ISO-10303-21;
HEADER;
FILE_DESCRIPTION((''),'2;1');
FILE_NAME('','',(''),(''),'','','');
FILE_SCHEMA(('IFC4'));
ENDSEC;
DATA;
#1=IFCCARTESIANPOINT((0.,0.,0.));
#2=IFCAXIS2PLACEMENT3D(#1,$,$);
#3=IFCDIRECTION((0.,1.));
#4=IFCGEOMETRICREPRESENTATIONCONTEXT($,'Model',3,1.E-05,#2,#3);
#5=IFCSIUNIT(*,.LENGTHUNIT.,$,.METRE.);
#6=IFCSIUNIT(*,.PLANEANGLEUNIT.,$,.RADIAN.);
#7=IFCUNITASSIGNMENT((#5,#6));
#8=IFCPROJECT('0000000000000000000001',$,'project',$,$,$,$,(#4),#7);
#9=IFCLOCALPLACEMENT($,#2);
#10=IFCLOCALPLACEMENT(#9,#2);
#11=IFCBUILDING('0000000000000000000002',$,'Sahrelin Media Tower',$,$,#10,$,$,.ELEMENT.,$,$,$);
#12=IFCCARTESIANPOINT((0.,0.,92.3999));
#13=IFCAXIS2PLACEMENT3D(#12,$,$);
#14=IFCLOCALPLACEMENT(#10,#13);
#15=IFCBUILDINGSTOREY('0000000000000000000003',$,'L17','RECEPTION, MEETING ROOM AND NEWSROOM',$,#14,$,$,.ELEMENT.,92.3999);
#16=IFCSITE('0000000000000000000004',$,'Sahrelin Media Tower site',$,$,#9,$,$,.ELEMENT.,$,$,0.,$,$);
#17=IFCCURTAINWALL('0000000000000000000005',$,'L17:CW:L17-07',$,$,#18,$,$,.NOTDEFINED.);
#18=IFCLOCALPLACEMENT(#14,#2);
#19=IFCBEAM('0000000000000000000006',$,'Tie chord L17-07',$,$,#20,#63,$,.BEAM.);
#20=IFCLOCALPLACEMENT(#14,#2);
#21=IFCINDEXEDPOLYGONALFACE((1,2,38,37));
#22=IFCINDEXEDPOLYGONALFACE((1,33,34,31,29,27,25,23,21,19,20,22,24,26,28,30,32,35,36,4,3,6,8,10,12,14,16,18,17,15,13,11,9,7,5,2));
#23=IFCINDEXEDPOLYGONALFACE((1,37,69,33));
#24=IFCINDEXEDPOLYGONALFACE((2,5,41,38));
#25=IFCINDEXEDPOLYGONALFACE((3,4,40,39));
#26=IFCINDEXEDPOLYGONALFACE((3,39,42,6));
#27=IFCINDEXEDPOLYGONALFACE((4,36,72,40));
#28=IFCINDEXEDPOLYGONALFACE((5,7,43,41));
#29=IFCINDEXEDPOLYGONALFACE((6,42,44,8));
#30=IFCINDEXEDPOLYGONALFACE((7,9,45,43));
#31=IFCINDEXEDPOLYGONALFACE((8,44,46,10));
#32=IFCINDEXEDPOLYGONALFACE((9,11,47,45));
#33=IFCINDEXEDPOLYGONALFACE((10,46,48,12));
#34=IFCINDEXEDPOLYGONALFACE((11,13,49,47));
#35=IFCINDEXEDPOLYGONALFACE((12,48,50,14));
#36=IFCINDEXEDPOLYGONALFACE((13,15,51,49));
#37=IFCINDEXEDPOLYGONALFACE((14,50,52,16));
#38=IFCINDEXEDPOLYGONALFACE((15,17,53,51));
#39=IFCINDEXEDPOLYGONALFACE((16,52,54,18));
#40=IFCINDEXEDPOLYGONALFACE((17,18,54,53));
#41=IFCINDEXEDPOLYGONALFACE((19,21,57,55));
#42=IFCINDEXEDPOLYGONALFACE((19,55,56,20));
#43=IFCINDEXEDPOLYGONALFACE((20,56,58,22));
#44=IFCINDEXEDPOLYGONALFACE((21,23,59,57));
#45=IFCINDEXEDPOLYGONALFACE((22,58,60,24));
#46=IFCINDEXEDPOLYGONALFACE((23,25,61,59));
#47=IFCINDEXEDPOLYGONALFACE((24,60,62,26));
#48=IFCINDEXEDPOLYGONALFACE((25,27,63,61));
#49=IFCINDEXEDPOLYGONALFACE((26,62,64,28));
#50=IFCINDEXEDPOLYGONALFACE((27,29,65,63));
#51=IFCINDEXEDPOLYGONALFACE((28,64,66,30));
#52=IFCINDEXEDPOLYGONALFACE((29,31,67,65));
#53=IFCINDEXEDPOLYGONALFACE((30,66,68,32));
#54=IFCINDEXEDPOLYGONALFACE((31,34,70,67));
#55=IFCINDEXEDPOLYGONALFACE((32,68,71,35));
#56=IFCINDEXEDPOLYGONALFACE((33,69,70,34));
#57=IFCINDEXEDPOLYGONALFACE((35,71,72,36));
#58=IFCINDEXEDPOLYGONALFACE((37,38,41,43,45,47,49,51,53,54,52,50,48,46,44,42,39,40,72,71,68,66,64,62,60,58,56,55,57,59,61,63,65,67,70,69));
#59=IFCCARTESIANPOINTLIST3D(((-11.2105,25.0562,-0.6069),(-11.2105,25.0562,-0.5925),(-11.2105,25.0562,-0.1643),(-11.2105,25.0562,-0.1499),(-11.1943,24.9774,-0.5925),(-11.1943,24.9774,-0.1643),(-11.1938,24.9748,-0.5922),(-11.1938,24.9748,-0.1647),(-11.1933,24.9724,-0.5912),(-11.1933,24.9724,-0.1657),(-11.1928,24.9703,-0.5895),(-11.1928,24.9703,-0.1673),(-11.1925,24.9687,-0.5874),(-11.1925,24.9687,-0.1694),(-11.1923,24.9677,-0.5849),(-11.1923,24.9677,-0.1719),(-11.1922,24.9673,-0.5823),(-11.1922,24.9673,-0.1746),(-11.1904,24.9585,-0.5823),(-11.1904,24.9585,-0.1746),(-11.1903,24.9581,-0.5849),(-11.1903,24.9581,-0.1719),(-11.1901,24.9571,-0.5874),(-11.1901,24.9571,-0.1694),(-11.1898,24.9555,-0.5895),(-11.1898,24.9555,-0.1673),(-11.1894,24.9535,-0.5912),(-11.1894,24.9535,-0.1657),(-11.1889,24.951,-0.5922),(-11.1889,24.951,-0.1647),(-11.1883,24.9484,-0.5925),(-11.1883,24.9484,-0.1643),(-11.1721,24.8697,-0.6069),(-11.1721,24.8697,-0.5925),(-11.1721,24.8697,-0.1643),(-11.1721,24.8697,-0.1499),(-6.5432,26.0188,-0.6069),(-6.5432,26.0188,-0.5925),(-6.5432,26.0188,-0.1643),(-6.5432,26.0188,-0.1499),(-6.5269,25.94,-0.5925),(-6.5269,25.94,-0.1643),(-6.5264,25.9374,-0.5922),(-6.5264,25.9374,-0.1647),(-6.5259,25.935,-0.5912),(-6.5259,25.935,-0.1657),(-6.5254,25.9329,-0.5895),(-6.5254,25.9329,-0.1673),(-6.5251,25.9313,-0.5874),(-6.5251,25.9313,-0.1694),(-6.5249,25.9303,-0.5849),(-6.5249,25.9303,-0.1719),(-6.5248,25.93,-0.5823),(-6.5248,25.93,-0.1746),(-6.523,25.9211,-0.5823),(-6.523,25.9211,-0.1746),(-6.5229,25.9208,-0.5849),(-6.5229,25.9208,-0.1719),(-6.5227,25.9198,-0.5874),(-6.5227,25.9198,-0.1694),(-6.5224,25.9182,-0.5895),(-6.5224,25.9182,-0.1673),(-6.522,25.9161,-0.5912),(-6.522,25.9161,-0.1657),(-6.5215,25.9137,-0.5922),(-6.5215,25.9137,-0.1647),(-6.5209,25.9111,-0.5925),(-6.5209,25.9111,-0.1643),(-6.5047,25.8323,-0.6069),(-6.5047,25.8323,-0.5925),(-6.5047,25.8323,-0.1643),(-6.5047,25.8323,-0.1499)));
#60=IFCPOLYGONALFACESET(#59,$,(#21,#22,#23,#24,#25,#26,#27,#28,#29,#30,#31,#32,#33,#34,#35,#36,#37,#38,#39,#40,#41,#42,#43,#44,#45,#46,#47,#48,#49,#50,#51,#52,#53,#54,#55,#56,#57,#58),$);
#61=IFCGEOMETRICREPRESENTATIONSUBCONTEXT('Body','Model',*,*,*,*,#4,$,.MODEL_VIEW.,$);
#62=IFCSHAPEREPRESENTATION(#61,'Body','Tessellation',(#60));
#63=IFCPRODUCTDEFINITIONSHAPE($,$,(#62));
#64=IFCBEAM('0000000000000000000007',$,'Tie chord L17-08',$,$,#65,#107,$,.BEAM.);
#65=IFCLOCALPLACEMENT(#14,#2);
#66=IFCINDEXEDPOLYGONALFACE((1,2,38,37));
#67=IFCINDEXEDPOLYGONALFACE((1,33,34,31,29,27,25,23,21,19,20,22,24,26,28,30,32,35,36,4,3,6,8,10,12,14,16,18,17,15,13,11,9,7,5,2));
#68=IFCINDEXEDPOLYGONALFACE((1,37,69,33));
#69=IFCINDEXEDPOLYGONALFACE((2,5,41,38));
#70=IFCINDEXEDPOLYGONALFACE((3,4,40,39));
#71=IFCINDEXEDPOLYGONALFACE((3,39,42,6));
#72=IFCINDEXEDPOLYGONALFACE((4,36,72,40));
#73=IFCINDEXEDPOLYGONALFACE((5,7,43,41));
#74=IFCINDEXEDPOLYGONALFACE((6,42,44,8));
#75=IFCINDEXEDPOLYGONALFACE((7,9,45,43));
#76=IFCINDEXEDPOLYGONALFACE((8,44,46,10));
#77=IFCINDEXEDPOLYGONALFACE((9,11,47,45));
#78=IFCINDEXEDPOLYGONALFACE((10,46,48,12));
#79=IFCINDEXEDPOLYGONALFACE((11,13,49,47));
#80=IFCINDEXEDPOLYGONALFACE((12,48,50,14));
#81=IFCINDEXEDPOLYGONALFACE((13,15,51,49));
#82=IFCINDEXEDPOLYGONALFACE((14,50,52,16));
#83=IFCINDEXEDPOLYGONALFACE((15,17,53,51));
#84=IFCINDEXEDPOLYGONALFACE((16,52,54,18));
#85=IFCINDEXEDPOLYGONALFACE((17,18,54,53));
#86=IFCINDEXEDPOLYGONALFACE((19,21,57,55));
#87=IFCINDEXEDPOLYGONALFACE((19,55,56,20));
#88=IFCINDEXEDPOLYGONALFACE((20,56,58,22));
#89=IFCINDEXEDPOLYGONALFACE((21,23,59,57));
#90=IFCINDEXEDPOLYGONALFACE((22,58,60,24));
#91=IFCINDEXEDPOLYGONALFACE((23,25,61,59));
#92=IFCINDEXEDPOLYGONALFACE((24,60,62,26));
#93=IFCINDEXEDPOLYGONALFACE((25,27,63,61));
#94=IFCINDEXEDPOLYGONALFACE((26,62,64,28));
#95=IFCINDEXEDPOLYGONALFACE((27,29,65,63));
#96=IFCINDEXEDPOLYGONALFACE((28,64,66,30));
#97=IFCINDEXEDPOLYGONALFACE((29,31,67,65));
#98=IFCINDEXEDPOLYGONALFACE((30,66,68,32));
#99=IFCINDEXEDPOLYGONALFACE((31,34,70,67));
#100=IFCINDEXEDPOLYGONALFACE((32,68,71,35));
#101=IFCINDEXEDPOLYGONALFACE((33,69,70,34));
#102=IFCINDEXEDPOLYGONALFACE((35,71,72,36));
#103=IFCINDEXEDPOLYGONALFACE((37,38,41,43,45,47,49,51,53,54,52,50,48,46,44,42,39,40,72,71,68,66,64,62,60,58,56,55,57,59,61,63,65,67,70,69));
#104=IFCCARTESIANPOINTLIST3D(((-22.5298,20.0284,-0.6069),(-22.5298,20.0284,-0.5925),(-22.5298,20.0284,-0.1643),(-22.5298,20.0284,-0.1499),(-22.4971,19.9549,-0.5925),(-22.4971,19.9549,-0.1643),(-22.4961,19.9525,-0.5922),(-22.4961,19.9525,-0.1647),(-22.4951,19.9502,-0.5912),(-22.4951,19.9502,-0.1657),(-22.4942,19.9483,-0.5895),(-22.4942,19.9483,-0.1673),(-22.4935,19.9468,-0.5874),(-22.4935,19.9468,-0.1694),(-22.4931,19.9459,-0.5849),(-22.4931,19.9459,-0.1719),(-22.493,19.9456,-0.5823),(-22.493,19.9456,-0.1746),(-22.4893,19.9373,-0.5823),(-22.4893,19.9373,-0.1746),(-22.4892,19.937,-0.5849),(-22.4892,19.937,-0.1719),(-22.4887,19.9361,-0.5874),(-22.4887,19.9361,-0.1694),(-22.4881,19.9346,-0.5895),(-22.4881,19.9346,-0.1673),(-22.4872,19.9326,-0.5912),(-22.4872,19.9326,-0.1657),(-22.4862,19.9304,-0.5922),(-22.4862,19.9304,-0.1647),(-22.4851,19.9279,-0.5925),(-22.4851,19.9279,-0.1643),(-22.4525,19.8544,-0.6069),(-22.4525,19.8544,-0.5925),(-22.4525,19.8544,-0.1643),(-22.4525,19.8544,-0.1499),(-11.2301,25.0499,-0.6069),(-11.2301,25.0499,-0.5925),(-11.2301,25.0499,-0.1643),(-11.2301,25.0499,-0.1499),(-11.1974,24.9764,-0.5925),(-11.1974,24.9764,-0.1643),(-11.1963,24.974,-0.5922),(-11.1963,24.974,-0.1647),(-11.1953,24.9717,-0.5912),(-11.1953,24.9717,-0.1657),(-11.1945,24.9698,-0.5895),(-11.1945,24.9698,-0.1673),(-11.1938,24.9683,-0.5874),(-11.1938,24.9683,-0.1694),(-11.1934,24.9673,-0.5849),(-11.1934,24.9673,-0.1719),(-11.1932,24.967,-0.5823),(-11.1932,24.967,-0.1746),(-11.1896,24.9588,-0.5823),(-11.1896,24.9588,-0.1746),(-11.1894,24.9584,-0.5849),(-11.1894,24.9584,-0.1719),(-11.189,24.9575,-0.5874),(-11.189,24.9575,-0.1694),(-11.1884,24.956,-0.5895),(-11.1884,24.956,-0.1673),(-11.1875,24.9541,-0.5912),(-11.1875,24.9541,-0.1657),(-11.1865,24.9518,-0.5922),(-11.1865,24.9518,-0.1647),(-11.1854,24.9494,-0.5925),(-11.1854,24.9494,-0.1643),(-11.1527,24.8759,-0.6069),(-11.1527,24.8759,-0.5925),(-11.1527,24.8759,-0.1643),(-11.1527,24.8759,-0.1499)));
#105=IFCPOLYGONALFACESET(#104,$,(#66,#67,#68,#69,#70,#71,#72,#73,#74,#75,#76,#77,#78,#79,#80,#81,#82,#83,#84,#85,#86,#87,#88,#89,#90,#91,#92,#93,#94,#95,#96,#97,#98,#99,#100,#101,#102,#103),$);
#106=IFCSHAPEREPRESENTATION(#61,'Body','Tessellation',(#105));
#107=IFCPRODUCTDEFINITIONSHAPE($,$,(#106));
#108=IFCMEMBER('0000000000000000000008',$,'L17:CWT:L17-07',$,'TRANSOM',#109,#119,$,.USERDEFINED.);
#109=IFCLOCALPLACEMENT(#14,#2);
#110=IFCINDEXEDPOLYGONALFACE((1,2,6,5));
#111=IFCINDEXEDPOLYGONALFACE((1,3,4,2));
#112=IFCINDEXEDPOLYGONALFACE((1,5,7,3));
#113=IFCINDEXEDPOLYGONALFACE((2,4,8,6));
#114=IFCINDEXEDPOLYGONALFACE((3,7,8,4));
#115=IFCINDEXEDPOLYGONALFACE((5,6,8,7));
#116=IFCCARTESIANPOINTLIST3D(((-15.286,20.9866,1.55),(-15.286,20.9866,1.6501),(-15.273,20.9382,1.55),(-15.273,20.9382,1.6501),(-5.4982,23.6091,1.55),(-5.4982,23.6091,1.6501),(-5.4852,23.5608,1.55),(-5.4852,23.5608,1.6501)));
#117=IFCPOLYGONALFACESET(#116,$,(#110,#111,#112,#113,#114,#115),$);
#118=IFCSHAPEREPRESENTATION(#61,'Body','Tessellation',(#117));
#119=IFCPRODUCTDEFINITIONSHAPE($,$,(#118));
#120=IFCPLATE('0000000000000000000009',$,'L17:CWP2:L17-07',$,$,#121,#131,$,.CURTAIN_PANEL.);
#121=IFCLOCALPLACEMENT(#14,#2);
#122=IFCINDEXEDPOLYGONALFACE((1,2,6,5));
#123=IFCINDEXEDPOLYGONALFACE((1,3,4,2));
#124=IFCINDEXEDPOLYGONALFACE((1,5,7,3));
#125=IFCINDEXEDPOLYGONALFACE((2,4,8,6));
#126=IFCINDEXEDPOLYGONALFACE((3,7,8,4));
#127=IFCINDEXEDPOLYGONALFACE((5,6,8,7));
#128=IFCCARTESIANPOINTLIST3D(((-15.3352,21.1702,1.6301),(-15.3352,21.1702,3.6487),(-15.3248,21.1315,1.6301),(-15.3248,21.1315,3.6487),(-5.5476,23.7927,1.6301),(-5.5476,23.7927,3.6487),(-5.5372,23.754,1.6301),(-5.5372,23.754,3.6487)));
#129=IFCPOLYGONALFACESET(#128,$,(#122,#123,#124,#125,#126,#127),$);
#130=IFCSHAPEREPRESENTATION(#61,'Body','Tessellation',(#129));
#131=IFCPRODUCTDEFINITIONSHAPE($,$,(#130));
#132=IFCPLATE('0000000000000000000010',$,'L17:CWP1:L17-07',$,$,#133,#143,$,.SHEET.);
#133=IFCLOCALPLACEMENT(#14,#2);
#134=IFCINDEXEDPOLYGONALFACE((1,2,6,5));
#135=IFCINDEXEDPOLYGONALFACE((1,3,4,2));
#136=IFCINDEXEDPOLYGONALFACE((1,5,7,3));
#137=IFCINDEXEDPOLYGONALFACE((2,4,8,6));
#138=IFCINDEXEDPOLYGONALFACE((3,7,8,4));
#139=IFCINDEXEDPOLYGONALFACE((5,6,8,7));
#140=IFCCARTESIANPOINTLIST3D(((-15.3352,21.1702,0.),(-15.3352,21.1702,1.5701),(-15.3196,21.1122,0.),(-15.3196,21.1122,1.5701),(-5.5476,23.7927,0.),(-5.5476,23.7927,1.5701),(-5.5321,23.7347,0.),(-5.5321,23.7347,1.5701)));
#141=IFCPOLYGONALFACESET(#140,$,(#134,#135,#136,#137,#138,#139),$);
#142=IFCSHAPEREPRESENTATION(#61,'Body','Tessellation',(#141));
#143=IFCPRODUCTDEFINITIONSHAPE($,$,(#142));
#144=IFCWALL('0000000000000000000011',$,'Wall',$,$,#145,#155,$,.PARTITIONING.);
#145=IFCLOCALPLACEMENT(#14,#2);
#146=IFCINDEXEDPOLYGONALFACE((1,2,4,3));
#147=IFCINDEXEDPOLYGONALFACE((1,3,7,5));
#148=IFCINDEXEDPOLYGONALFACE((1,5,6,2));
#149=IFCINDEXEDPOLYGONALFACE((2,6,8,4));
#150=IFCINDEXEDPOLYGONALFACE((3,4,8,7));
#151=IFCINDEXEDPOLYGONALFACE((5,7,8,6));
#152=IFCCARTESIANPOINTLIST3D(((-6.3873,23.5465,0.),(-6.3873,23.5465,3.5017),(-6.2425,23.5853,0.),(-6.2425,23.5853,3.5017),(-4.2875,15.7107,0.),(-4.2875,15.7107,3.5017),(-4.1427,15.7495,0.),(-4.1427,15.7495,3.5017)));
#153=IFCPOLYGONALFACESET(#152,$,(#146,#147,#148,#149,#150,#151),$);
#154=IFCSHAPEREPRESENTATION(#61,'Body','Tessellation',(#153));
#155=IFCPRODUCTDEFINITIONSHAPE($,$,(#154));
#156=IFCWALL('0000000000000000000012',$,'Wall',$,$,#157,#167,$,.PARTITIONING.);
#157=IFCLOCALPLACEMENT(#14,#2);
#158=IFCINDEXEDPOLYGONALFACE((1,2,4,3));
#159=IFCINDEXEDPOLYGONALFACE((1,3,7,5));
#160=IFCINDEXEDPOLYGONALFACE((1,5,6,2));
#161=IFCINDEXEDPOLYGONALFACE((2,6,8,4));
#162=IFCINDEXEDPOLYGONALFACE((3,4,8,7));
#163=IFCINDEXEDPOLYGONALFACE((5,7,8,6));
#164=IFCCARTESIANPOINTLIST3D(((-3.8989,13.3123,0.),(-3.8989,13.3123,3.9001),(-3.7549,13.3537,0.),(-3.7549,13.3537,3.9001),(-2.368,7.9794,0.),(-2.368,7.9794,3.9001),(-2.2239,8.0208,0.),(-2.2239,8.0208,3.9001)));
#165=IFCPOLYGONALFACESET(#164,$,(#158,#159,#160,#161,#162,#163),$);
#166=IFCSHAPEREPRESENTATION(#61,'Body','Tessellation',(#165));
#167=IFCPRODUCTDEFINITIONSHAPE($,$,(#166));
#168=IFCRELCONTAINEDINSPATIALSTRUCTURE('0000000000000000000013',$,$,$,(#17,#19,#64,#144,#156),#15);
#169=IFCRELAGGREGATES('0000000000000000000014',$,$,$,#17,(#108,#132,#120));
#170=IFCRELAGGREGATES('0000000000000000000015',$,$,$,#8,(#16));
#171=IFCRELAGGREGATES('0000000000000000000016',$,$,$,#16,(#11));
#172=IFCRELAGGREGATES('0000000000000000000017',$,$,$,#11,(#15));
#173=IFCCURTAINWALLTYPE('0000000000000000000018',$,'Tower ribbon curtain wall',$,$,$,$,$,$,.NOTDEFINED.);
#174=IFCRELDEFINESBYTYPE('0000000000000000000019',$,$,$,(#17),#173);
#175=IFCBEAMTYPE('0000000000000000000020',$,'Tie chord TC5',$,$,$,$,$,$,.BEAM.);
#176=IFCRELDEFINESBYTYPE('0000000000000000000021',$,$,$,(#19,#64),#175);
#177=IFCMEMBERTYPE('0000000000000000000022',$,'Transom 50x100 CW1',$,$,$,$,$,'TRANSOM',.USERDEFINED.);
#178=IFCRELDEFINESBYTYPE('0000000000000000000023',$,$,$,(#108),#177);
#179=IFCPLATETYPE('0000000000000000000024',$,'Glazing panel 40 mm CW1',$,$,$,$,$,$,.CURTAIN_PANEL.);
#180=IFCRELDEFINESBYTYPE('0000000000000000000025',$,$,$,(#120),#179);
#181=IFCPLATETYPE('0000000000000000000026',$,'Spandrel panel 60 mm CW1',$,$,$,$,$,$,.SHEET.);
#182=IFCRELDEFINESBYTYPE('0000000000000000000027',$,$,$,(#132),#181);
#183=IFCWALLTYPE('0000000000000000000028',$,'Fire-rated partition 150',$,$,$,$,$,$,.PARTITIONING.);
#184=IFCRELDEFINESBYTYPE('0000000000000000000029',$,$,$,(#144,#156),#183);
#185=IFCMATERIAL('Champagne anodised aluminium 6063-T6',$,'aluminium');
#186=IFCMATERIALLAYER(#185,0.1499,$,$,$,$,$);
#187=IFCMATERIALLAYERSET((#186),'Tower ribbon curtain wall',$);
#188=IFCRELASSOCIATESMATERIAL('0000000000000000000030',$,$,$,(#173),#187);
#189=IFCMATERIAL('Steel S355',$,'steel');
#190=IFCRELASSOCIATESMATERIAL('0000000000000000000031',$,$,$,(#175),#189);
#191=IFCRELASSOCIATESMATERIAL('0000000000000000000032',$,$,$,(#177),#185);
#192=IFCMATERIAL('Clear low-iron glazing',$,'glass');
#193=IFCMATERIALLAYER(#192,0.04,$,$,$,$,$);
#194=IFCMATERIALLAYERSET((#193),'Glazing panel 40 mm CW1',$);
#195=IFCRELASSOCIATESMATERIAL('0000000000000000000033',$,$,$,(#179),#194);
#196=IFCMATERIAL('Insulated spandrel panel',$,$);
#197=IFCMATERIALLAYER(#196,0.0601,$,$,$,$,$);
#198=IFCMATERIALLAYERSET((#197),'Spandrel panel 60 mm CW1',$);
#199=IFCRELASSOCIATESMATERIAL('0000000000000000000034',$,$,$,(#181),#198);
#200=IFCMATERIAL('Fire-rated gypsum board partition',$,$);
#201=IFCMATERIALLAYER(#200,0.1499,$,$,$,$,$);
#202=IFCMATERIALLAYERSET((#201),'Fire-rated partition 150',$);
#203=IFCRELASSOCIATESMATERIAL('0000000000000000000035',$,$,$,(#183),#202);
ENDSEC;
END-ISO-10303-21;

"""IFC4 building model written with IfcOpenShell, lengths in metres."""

from ifc_helpers import new_model, si_unit, direction, frame, frame_2d, origin, origin_2d, place, context, subcontext, project, spatial, polyline, rectangle, i_section, outline, extrude, material, layer, layer_set, material_profile, profile_set, type_object, element, aggregate, save


model = new_model("IFC4")

# Units and contexts
model_context = context("Model", 3, precision=1e-05, world=origin(), true_north=direction((0.0, 1.0)))
body_context = subcontext(model_context, "Body", "Model", "MODEL_VIEW")
ifc_project = project(units=[si_unit("LENGTHUNIT", "METRE"), si_unit("PLANEANGLEUNIT", "RADIAN")], contexts=[model_context])

# Site, building, storey
site_placement = place(None, origin())
site = spatial("IfcSite", under=ifc_project, at=site_placement, Name="Sahrelin Media Tower site", CompositionType="ELEMENT", RefElevation=0.0)
building_placement = place(site_placement, origin())
building = spatial("IfcBuilding", under=site, at=building_placement, Name="Sahrelin Media Tower", CompositionType="ELEMENT")
storey_placement = place(building_placement, frame((0.0, 0.0, 92.3999)))
storey = spatial("IfcBuildingStorey", under=building, at=storey_placement, Name="L17", Description="RECEPTION, MEETING ROOM AND NEWSROOM", CompositionType="ELEMENT", Elevation=92.3999)

# Shared definitions
ifc_material_1 = material(Name="Steel S355", Category="steel")

# Curtain wall
ifc_material_2 = material(Name="Champagne anodised aluminium 6063-T6", Category="aluminium")
ifc_layer_1 = layer(ifc_material_2, 0.1499)
ifc_layer_set_1 = layer_set([ifc_layer_1], Name="Tower ribbon curtain wall")
curtain_wall_type = type_object("IfcCurtainWallType", Name="Tower ribbon curtain wall", PredefinedType="NOTDEFINED", material=ifc_layer_set_1)
curtain_wall_placement = place(storey_placement, frame((-10.4363, 22.4622, 0.0), z_axis=(0.0, 0.0, 1.0), x_axis=(1.0, 0.0, 0.0)))
curtain_wall = element("IfcCurtainWall", 1, at=curtain_wall_placement, inside=storey, type_object=curtain_wall_type, Name="L17:CW:L17-07", PredefinedType="NOTDEFINED")

# Beams
ifc_material_profile_1 = material_profile(ifc_material_1, i_section(OverallWidth=0.1904, OverallDepth=0.457, WebThickness=0.009, FlangeThickness=0.0144, FilletRadius=0.0103, at=origin_2d()), Name="UB 457x191x74")
ifc_profile_set_1 = profile_set([ifc_material_profile_1], Name="Steel S355")
beam_type_1 = type_object("IfcBeamType", Name="Tie chord TC5", PredefinedType="BEAM", material=ifc_profile_set_1)
beam_1_placement = place(storey_placement, frame((-6.5239, 25.9255, -0.3784), z_axis=(-0.979387, -0.201994, 0.0), x_axis=(0.201994, -0.979387, 0.0)))
element("IfcBeam", 2, at=beam_1_placement, inside=storey, type_object=beam_type_1, Name="Tie chord L17-07", PredefinedType="BEAM", context=body_context, shape_type="SweptSolid", body=[
    extrude(i_section(OverallWidth=0.1904, OverallDepth=0.457, WebThickness=0.009, FlangeThickness=0.0144, FilletRadius=0.0103, at=origin_2d()), origin(), (0.0, 0.0, 1.0), 4.7656),
])
beam_2_placement = place(storey_placement, frame((-11.1914, 24.9629, -0.3784), z_axis=(-0.913831, -0.406094, 0.0), x_axis=(0.406094, -0.913831, 0.0)))
element("IfcBeam", 3, at=beam_2_placement, inside=storey, type_object=beam_type_1, Name="Tie chord L17-08", PredefinedType="BEAM", context=body_context, shape_type="SweptSolid", body=[
    extrude(i_section(OverallWidth=0.1904, OverallDepth=0.457, WebThickness=0.009, FlangeThickness=0.0144, FilletRadius=0.0103, at=origin_2d()), origin(), (0.0, 0.0, 1.0), 12.3652),
])

# Member
ifc_material_profile_2 = material_profile(ifc_material_2, rectangle(XDim=0.05, YDim=0.1001, at=origin_2d()), Name="Transom 50x100")
ifc_profile_set_2 = profile_set([ifc_material_profile_2], Name="Champagne anodised aluminium 6063-T6")
member_type_1 = type_object("IfcMemberType", Name="Transom 50x100 CW1", ElementType="TRANSOM", PredefinedType="USERDEFINED", material=ifc_profile_set_2)
member_1_placement = place(storey_placement, frame((-5.4917, 23.585, 1.6001), z_axis=(-0.965928, -0.258811, 0.0), x_axis=(0.258811, -0.965928, 0.0)))
member_1 = element("IfcMember", 4, at=member_1_placement, type_object=member_type_1, Name="L17:CWT:L17-07", ObjectType="TRANSOM", PredefinedType="USERDEFINED", context=body_context, shape_type="SweptSolid", body=[
    extrude(rectangle(XDim=0.05, YDim=0.1001, at=origin_2d()), origin(), (0.0, 0.0, 1.0), 10.1331),
])

# Plates
ifc_material_3 = material(Name="Clear low-iron glazing", Category="glass")
ifc_layer_2 = layer(ifc_material_3, 0.04)
ifc_layer_set_2 = layer_set([ifc_layer_2], Name="Glazing panel 40 mm CW1")
plate_type_1 = type_object("IfcPlateType", Name="Glazing panel 40 mm CW1", PredefinedType="CURTAIN_PANEL", material=ifc_layer_set_2)
plate_1_placement = place(storey_placement, frame((-5.5476, 23.7927, 1.6301), z_axis=(-0.258817, 0.965926, 0.0), x_axis=(-0.965926, -0.258817, 0.0)))
plate_1 = element("IfcPlate", 5, at=plate_1_placement, type_object=plate_type_1, Name="L17:CWP2:L17-07", PredefinedType="CURTAIN_PANEL", context=body_context, shape_type="SweptSolid", body=[
    extrude(outline(polyline([(0.0, 0.0), (10.1328, 0.0), (10.1328, 2.0186), (0.0, 2.0186), (0.0, 0.0)])), origin(), (0.0, 0.0, -1.0), 0.04),
])
ifc_material_4 = material(Name="Insulated spandrel panel")
ifc_layer_3 = layer(ifc_material_4, 0.0601)
ifc_layer_set_3 = layer_set([ifc_layer_3], Name="Spandrel panel 60 mm CW1")
plate_type_2 = type_object("IfcPlateType", Name="Spandrel panel 60 mm CW1", PredefinedType="SHEET", material=ifc_layer_set_3)
plate_2_placement = place(storey_placement, frame((-5.5476, 23.7927, 0.0), z_axis=(-0.258817, 0.965926, 0.0), x_axis=(-0.965926, -0.258817, 0.0)))
plate_2 = element("IfcPlate", 6, at=plate_2_placement, type_object=plate_type_2, Name="L17:CWP1:L17-07", PredefinedType="SHEET", context=body_context, shape_type="SweptSolid", body=[
    extrude(outline(polyline([(0.0, 0.0), (10.1328, 0.0), (10.1328, 1.5701), (0.0, 1.5701), (0.0, 0.0)])), origin(), (0.0, 0.0, -1.0), 0.0601),
])
aggregate(curtain_wall, [member_1, plate_2, plate_1])

# Walls
ifc_material_5 = material(Name="Fire-rated gypsum board partition")
ifc_layer_4 = layer(ifc_material_5, 0.1499)
ifc_layer_set_4 = layer_set([ifc_layer_4], Name="Fire-rated partition 150")
wall_type_1 = type_object("IfcWallType", Name="Fire-rated partition 150", PredefinedType="PARTITIONING", material=ifc_layer_set_4)
wall_1_placement = place(storey_placement, frame((-6.3149, 23.5659, 0.0), z_axis=(0.0, 0.0, 1.0), x_axis=(0.258844, -0.965919, 0.0)))
element("IfcWall", 7, at=wall_1_placement, inside=storey, type_object=wall_type_1, Name="Wall", PredefinedType="PARTITIONING", context=body_context, shape_type="SweptSolid", body=[
    extrude(rectangle(XDim=8.1123, YDim=0.1499, at=frame_2d((4.0562, 0.0))), origin(), (0.0, 0.0, 1.0), 3.5017),
])
wall_2_placement = place(storey_placement, frame((-3.8269, 13.333, 0.0), z_axis=(0.0, 0.0, 1.0), x_axis=(0.275936, -0.961176, 0.0)))
element("IfcWall", 8, at=wall_2_placement, inside=storey, type_object=wall_type_1, Name="Wall", PredefinedType="PARTITIONING", context=body_context, shape_type="SweptSolid", body=[
    extrude(rectangle(XDim=5.5483, YDim=0.1499, at=frame_2d((2.7742, 0.0))), origin(), (0.0, 0.0, 1.0), 3.9001),
])

save(model, "model.ifc")
